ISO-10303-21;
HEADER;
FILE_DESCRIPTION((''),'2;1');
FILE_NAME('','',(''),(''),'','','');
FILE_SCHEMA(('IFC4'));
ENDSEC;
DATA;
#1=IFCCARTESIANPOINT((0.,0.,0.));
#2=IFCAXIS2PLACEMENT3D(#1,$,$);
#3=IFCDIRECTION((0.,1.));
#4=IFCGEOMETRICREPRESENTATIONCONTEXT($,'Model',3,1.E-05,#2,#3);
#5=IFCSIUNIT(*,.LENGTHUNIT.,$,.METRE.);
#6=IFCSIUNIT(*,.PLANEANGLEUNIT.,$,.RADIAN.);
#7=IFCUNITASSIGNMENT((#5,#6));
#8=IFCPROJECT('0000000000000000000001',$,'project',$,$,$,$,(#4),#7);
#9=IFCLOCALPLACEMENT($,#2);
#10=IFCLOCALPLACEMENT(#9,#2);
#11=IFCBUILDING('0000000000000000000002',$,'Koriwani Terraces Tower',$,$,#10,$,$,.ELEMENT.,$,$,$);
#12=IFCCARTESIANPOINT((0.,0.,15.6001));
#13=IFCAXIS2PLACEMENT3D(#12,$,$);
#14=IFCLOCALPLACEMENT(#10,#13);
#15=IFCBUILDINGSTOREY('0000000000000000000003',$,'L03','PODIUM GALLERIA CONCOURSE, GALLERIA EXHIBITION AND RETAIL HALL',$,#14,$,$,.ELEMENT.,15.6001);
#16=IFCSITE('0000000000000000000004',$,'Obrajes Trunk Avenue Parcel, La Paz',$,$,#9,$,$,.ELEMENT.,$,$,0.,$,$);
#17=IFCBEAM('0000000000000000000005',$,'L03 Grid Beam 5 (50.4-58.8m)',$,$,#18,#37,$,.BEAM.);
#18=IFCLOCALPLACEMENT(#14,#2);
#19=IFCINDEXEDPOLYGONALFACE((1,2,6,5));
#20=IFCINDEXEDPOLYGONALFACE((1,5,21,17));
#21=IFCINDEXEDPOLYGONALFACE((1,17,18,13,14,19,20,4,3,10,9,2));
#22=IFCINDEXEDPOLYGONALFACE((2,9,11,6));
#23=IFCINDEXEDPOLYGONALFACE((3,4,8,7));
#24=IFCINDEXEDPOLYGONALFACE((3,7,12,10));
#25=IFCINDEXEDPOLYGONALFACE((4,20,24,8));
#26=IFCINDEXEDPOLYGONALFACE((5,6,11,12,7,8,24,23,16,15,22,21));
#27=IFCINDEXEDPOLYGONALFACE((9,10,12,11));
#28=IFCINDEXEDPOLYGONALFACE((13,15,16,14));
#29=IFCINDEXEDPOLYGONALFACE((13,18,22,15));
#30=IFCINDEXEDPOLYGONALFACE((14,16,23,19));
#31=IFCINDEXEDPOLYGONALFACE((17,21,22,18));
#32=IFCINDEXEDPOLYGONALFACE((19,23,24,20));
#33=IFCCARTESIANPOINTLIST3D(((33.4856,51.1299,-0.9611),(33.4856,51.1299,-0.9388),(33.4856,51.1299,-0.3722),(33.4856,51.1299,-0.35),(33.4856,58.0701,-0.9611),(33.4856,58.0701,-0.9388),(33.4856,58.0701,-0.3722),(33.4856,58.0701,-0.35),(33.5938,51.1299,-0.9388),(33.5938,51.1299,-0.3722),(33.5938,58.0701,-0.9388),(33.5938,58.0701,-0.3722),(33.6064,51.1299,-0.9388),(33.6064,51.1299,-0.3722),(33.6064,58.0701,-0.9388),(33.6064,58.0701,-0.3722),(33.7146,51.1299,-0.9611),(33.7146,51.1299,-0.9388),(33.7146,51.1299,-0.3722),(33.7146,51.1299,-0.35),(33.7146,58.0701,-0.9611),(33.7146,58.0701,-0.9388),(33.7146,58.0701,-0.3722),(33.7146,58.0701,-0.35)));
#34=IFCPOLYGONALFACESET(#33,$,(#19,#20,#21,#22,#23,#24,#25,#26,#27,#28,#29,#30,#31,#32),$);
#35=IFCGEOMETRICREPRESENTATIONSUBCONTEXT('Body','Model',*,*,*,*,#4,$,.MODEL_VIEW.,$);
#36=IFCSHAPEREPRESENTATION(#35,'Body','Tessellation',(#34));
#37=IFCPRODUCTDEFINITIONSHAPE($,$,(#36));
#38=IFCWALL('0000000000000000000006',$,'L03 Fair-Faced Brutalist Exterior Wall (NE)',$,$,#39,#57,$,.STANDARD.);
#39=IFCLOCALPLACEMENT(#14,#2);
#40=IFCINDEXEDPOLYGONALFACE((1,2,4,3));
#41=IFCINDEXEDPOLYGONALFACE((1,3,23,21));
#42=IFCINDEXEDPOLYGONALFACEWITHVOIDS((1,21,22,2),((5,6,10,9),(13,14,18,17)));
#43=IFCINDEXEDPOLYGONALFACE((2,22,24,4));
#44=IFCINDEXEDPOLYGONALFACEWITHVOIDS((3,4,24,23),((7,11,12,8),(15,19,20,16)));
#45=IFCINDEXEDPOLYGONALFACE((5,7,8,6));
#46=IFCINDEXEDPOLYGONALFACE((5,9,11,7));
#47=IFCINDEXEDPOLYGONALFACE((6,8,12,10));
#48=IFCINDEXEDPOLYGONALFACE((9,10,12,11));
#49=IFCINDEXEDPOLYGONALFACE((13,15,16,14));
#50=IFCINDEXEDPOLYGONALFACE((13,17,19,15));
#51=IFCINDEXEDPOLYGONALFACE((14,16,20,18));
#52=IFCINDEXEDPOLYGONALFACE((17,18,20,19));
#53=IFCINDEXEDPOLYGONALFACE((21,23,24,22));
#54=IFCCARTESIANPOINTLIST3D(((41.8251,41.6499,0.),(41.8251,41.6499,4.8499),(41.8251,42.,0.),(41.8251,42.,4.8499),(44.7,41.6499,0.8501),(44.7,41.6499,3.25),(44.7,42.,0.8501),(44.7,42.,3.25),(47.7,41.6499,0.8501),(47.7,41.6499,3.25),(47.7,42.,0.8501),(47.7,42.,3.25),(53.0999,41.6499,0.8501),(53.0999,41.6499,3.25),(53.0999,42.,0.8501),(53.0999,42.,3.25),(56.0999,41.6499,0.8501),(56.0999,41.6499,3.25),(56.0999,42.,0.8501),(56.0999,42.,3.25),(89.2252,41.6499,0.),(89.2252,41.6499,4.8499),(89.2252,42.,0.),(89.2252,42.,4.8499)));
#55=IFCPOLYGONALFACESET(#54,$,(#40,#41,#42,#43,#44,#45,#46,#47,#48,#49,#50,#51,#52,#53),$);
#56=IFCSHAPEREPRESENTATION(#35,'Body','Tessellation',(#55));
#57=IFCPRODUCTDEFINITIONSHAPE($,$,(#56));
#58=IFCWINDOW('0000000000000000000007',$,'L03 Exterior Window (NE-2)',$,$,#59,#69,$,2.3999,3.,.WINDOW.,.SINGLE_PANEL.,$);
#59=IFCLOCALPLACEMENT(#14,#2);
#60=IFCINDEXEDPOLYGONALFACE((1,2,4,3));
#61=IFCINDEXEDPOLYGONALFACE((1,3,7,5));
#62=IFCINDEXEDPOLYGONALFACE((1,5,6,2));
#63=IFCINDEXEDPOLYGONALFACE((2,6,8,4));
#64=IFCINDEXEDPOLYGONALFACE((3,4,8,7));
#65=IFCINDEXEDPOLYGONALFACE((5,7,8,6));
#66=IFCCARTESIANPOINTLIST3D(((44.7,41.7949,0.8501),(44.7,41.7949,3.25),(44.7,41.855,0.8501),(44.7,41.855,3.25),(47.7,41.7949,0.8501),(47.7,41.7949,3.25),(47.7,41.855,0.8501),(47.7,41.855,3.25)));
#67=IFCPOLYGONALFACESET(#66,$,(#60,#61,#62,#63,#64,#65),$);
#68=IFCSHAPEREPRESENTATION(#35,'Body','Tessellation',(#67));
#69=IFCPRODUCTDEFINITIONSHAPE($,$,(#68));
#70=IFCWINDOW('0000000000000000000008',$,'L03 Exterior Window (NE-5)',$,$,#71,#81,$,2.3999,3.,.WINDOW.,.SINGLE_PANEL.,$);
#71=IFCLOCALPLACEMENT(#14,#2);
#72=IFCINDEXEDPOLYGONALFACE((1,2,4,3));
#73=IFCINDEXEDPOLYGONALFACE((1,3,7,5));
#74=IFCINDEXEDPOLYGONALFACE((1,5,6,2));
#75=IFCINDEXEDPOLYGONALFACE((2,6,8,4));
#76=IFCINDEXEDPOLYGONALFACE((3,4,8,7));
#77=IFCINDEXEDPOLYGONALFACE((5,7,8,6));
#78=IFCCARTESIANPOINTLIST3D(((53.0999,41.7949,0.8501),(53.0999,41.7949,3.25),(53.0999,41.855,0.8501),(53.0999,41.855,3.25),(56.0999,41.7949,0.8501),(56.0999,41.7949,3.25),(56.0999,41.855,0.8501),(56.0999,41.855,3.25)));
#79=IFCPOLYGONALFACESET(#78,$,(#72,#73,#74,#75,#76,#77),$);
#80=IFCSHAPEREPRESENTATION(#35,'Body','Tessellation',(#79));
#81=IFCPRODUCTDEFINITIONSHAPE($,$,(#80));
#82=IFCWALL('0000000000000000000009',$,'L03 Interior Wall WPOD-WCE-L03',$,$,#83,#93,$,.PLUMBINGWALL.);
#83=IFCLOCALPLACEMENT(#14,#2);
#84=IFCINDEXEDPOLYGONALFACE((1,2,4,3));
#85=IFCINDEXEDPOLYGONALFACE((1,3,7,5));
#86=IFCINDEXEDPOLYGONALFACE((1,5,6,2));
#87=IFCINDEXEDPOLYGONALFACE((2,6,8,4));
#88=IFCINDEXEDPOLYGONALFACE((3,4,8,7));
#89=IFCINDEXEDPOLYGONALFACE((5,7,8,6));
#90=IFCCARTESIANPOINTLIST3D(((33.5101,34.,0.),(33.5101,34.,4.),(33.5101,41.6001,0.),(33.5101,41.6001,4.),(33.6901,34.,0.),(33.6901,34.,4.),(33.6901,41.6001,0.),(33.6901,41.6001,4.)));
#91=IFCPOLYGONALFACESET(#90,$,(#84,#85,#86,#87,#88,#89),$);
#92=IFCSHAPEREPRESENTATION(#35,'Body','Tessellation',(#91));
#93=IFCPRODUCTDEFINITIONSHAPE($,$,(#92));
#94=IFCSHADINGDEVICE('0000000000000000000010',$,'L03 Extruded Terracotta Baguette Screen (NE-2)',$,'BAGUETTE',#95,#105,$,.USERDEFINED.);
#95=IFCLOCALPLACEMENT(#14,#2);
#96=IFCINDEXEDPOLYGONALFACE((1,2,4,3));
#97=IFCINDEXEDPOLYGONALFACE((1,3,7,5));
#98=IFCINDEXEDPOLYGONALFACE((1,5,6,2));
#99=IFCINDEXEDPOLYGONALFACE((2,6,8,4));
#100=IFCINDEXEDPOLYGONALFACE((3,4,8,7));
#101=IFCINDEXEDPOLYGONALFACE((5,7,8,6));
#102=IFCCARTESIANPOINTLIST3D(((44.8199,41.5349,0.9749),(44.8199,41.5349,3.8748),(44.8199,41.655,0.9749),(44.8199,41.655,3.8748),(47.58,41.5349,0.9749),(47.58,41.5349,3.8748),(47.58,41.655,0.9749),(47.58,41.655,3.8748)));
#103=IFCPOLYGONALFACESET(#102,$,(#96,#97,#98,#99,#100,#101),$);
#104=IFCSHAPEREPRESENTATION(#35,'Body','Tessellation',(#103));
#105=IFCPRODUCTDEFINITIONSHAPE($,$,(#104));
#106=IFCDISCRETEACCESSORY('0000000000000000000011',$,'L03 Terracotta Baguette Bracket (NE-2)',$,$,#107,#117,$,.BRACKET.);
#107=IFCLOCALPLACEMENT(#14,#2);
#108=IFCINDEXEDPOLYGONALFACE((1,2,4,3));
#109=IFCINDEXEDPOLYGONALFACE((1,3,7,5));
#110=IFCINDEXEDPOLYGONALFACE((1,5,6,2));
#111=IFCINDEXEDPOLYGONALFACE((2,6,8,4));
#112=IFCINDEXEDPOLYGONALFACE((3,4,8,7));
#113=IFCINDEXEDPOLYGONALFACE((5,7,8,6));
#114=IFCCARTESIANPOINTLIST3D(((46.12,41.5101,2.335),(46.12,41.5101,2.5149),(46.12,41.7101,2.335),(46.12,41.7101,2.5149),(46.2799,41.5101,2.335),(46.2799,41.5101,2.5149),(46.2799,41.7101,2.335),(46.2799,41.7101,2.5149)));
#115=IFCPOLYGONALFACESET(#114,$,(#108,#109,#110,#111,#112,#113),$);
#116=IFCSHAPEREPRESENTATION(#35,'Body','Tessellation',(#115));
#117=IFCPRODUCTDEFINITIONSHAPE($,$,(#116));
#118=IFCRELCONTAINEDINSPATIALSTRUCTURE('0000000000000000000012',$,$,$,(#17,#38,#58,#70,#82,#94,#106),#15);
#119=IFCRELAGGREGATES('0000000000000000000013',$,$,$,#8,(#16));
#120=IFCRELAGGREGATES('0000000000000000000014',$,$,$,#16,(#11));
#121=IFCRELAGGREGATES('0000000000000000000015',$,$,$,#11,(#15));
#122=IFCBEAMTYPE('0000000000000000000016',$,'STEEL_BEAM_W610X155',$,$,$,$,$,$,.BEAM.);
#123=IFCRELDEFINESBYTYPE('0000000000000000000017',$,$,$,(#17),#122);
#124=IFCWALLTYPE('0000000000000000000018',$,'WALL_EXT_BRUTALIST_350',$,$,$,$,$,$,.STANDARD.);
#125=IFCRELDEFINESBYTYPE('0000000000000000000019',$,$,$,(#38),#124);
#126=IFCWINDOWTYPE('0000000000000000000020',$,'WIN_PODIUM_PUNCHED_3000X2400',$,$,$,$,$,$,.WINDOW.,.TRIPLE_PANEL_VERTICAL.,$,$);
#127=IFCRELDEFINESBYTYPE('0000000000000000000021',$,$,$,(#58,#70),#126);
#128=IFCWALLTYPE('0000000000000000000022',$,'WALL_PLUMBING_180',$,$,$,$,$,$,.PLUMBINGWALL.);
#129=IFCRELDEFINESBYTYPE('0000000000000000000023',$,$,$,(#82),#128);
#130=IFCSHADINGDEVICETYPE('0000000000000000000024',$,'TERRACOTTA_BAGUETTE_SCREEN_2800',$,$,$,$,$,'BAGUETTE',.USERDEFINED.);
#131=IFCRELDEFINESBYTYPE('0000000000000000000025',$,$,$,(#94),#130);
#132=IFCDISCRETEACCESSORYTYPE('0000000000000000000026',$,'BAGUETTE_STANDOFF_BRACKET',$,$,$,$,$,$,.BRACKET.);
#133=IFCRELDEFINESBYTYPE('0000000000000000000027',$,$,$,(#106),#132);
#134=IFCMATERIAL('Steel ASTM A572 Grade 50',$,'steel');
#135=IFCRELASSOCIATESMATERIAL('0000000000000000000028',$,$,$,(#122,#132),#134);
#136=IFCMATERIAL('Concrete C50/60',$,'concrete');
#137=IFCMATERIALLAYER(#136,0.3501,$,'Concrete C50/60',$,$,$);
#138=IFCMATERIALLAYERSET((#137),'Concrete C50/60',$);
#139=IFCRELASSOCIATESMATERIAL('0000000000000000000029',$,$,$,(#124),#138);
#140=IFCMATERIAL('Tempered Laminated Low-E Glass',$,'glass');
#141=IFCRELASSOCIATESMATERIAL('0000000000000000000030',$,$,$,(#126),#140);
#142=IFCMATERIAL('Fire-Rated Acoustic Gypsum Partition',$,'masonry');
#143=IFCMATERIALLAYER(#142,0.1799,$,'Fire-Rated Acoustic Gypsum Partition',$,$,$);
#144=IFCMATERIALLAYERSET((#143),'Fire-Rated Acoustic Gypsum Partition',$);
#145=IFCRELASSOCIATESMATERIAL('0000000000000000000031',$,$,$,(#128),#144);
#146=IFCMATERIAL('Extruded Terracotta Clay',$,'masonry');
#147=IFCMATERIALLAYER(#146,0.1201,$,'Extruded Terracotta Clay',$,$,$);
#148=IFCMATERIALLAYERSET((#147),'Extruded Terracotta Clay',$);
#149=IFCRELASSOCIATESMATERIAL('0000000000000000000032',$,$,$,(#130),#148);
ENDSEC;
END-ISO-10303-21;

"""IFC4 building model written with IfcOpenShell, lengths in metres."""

from ifc_helpers import new_model, si_unit, direction, frame, frame_2d, origin, origin_2d, place, context, subcontext, project, spatial, rectangle, i_section, extrude, material, layer, layer_set, material_profile, profile_set, type_object, element, fill, save


model = new_model("IFC4")

# Units and contexts
model_context = context("Model", 3, precision=1e-05, world=origin(), true_north=direction((0.0, 1.0)))
body_context = subcontext(model_context, "Body", "Model", "MODEL_VIEW")
ifc_project = project(units=[si_unit("LENGTHUNIT", "METRE"), si_unit("PLANEANGLEUNIT", "RADIAN")], contexts=[model_context])

# Site, building, storey
site_placement = place(None, origin())
site = spatial("IfcSite", under=ifc_project, at=site_placement, Name="Obrajes Trunk Avenue Parcel, La Paz", CompositionType="ELEMENT", RefElevation=0.0)
building_placement = place(site_placement, origin())
building = spatial("IfcBuilding", under=site, at=building_placement, Name="Koriwani Terraces Tower", CompositionType="ELEMENT")
storey_placement = place(building_placement, frame((0.0, 0.0, 15.6001)))
storey = spatial("IfcBuildingStorey", under=building, at=storey_placement, Name="L03", Description="PODIUM GALLERIA CONCOURSE, GALLERIA EXHIBITION AND RETAIL HALL", CompositionType="ELEMENT", Elevation=15.6001)

# Beam
ifc_material_1 = material(Name="Steel ASTM A572 Grade 50", Category="steel")
ifc_material_profile_1 = material_profile(ifc_material_1, i_section(OverallWidth=0.229, OverallDepth=0.6111, WebThickness=0.0127, FlangeThickness=0.0222, at=origin_2d()), Name="Steel ASTM A572 Grade 50", Category="LoadBearing")
ifc_profile_set_1 = profile_set([ifc_material_profile_1], Name="Steel ASTM A572 Grade 50")
beam_type_1 = type_object("IfcBeamType", Name="STEEL_BEAM_W610X155", PredefinedType="BEAM", material=ifc_profile_set_1)
beam_1_placement = place(storey_placement, frame((33.6001, 51.1299, -0.6555), z_axis=(0.0, 1.0, 0.0), x_axis=(-1.0, 0.0, 0.0)))
element("IfcBeam", 1, at=beam_1_placement, inside=storey, type_object=beam_type_1, Name="L03 Grid Beam 5 (50.4-58.8m)", PredefinedType="BEAM", context=body_context, shape_type="SweptSolid", body=[
    extrude(i_section(OverallWidth=0.229, OverallDepth=0.6111, WebThickness=0.0127, FlangeThickness=0.0222, at=origin_2d()), origin(), (0.0, 0.0, 1.0), 6.9402),
])

# Wall, openings, windows
ifc_material_2 = material(Name="Concrete C50/60", Category="concrete")
ifc_layer_1 = layer(ifc_material_2, 0.3501, Name="Concrete C50/60")
ifc_layer_set_1 = layer_set([ifc_layer_1], Name="Concrete C50/60")
wall_type_1 = type_object("IfcWallType", Name="WALL_EXT_BRUTALIST_350", PredefinedType="STANDARD", material=ifc_layer_set_1)
wall_1_placement = place(storey_placement, frame((41.825, 41.825, 0.0), z_axis=(0.0, 0.0, 1.0), x_axis=(1.0, 0.0, 0.0)))
wall_1 = element("IfcWall", 2, at=wall_1_placement, inside=storey, type_object=wall_type_1, Name="L03 Fair-Faced Brutalist Exterior Wall (NE)", PredefinedType="STANDARD", context=body_context, shape_type="SweptSolid", body=[
    extrude(rectangle(XDim=47.4001, YDim=0.3501, at=frame_2d((23.7002, 0.0))), origin(), (0.0, 0.0, 1.0), 4.8499),
])
opening_1_placement = place(wall_1_placement, frame((2.875, 0.0, 0.8501)))
opening_1 = element("IfcOpeningElement", 3, at=opening_1_placement, cuts=wall_1, PredefinedType="OPENING", context=body_context, shape_type="SweptSolid", body=[
    extrude(rectangle(XDim=3.0, YDim=2.3999, at=frame_2d((1.5, 1.2))), frame((0.0, 0.1851, 0.0), z_axis=(0.0, -1.0, 0.0), x_axis=(1.0, 0.0, 0.0)), (0.0, 0.0, 1.0), 0.3701),
])
opening_2_placement = place(wall_1_placement, frame((11.2749, 0.0, 0.8501)))
opening_2 = element("IfcOpeningElement", 4, at=opening_2_placement, cuts=wall_1, PredefinedType="OPENING", context=body_context, shape_type="SweptSolid", body=[
    extrude(rectangle(XDim=3.0, YDim=2.3999, at=frame_2d((1.5, 1.2))), frame((0.0, 0.1851, 0.0), z_axis=(0.0, -1.0, 0.0), x_axis=(1.0, 0.0, 0.0)), (0.0, 0.0, 1.0), 0.3701),
])
ifc_material_3 = material(Name="Tempered Laminated Low-E Glass", Category="glass")
window_type = type_object("IfcWindowType", Name="WIN_PODIUM_PUNCHED_3000X2400", PartitioningType="TRIPLE_PANEL_VERTICAL", PredefinedType="WINDOW", material=ifc_material_3)
window_1_placement = place(opening_1_placement, origin())
window_1 = element("IfcWindow", 5, at=window_1_placement, inside=storey, type_object=window_type, Name="L03 Exterior Window (NE-2)", OverallHeight=2.3999, OverallWidth=3.0, PartitioningType="SINGLE_PANEL", PredefinedType="WINDOW", context=body_context, shape_type="SweptSolid", body=[
    extrude(rectangle(XDim=3.0, YDim=2.3999, at=frame_2d((1.5, 1.2))), frame((0.0, 0.03, 0.0), z_axis=(0.0, -1.0, 0.0), x_axis=(1.0, 0.0, 0.0)), (0.0, 0.0, 1.0), 0.0601),
])
fill(opening_1, window_1)
window_2_placement = place(opening_2_placement, origin())
window_2 = element("IfcWindow", 6, at=window_2_placement, inside=storey, type_object=window_type, Name="L03 Exterior Window (NE-5)", OverallHeight=2.3999, OverallWidth=3.0, PartitioningType="SINGLE_PANEL", PredefinedType="WINDOW", context=body_context, shape_type="SweptSolid", body=[
    extrude(rectangle(XDim=3.0, YDim=2.3999, at=frame_2d((1.5, 1.2))), frame((0.0, 0.03, 0.0), z_axis=(0.0, -1.0, 0.0), x_axis=(1.0, 0.0, 0.0)), (0.0, 0.0, 1.0), 0.0601),
])
fill(opening_2, window_2)

# Wall
ifc_material_4 = material(Name="Fire-Rated Acoustic Gypsum Partition", Category="masonry")
ifc_layer_2 = layer(ifc_material_4, 0.1799, Name="Fire-Rated Acoustic Gypsum Partition")
ifc_layer_set_2 = layer_set([ifc_layer_2], Name="Fire-Rated Acoustic Gypsum Partition")
wall_type_2 = type_object("IfcWallType", Name="WALL_PLUMBING_180", PredefinedType="PLUMBINGWALL", material=ifc_layer_set_2)
wall_2_placement = place(storey_placement, frame((33.6001, 34.0, 0.0), z_axis=(0.0, 0.0, 1.0), x_axis=(0.0, 1.0, 0.0)))
element("IfcWall", 7, at=wall_2_placement, inside=storey, type_object=wall_type_2, Name="L03 Interior Wall WPOD-WCE-L03", PredefinedType="PLUMBINGWALL", context=body_context, shape_type="SweptSolid", body=[
    extrude(rectangle(XDim=7.6001, YDim=0.1799, at=frame_2d((3.8, 0.0))), origin(), (0.0, 0.0, 1.0), 4.0),
])

# Shading device
ifc_material_5 = material(Name="Extruded Terracotta Clay", Category="masonry")
ifc_layer_3 = layer(ifc_material_5, 0.1201, Name="Extruded Terracotta Clay")
ifc_layer_set_3 = layer_set([ifc_layer_3], Name="Extruded Terracotta Clay")
shading_device_type = type_object("IfcShadingDeviceType", Name="TERRACOTTA_BAGUETTE_SCREEN_2800", ElementType="BAGUETTE", PredefinedType="USERDEFINED", material=ifc_layer_set_3)
shading_device_placement = place(storey_placement, frame((46.2, 41.595, 0.9749), z_axis=(0.0, 0.0, 1.0), x_axis=(1.0, 0.0, 0.0)))
element("IfcShadingDevice", 8, at=shading_device_placement, inside=storey, type_object=shading_device_type, Name="L03 Extruded Terracotta Baguette Screen (NE-2)", ObjectType="BAGUETTE", PredefinedType="USERDEFINED", context=body_context, shape_type="SweptSolid", body=[
    extrude(rectangle(XDim=2.76, YDim=0.1201, at=origin_2d()), origin(), (0.0, 0.0, 1.0), 2.8999),
])

# Discrete accessory
discrete_accessory_type = type_object("IfcDiscreteAccessoryType", Name="BAGUETTE_STANDOFF_BRACKET", PredefinedType="BRACKET", material=ifc_material_1)
discrete_accessory_placement = place(storey_placement, frame((46.2, 41.6101, 2.335), z_axis=(0.0, 0.0, 1.0), x_axis=(1.0, 0.0, 0.0)))
element("IfcDiscreteAccessory", 9, at=discrete_accessory_placement, inside=storey, type_object=discrete_accessory_type, Name="L03 Terracotta Baguette Bracket (NE-2)", PredefinedType="BRACKET", context=body_context, shape_type="SweptSolid", body=[
    extrude(rectangle(XDim=0.1599, YDim=0.2, at=origin_2d()), origin(), (0.0, 0.0, 1.0), 0.1799),
])

save(model, "model.ifc")
